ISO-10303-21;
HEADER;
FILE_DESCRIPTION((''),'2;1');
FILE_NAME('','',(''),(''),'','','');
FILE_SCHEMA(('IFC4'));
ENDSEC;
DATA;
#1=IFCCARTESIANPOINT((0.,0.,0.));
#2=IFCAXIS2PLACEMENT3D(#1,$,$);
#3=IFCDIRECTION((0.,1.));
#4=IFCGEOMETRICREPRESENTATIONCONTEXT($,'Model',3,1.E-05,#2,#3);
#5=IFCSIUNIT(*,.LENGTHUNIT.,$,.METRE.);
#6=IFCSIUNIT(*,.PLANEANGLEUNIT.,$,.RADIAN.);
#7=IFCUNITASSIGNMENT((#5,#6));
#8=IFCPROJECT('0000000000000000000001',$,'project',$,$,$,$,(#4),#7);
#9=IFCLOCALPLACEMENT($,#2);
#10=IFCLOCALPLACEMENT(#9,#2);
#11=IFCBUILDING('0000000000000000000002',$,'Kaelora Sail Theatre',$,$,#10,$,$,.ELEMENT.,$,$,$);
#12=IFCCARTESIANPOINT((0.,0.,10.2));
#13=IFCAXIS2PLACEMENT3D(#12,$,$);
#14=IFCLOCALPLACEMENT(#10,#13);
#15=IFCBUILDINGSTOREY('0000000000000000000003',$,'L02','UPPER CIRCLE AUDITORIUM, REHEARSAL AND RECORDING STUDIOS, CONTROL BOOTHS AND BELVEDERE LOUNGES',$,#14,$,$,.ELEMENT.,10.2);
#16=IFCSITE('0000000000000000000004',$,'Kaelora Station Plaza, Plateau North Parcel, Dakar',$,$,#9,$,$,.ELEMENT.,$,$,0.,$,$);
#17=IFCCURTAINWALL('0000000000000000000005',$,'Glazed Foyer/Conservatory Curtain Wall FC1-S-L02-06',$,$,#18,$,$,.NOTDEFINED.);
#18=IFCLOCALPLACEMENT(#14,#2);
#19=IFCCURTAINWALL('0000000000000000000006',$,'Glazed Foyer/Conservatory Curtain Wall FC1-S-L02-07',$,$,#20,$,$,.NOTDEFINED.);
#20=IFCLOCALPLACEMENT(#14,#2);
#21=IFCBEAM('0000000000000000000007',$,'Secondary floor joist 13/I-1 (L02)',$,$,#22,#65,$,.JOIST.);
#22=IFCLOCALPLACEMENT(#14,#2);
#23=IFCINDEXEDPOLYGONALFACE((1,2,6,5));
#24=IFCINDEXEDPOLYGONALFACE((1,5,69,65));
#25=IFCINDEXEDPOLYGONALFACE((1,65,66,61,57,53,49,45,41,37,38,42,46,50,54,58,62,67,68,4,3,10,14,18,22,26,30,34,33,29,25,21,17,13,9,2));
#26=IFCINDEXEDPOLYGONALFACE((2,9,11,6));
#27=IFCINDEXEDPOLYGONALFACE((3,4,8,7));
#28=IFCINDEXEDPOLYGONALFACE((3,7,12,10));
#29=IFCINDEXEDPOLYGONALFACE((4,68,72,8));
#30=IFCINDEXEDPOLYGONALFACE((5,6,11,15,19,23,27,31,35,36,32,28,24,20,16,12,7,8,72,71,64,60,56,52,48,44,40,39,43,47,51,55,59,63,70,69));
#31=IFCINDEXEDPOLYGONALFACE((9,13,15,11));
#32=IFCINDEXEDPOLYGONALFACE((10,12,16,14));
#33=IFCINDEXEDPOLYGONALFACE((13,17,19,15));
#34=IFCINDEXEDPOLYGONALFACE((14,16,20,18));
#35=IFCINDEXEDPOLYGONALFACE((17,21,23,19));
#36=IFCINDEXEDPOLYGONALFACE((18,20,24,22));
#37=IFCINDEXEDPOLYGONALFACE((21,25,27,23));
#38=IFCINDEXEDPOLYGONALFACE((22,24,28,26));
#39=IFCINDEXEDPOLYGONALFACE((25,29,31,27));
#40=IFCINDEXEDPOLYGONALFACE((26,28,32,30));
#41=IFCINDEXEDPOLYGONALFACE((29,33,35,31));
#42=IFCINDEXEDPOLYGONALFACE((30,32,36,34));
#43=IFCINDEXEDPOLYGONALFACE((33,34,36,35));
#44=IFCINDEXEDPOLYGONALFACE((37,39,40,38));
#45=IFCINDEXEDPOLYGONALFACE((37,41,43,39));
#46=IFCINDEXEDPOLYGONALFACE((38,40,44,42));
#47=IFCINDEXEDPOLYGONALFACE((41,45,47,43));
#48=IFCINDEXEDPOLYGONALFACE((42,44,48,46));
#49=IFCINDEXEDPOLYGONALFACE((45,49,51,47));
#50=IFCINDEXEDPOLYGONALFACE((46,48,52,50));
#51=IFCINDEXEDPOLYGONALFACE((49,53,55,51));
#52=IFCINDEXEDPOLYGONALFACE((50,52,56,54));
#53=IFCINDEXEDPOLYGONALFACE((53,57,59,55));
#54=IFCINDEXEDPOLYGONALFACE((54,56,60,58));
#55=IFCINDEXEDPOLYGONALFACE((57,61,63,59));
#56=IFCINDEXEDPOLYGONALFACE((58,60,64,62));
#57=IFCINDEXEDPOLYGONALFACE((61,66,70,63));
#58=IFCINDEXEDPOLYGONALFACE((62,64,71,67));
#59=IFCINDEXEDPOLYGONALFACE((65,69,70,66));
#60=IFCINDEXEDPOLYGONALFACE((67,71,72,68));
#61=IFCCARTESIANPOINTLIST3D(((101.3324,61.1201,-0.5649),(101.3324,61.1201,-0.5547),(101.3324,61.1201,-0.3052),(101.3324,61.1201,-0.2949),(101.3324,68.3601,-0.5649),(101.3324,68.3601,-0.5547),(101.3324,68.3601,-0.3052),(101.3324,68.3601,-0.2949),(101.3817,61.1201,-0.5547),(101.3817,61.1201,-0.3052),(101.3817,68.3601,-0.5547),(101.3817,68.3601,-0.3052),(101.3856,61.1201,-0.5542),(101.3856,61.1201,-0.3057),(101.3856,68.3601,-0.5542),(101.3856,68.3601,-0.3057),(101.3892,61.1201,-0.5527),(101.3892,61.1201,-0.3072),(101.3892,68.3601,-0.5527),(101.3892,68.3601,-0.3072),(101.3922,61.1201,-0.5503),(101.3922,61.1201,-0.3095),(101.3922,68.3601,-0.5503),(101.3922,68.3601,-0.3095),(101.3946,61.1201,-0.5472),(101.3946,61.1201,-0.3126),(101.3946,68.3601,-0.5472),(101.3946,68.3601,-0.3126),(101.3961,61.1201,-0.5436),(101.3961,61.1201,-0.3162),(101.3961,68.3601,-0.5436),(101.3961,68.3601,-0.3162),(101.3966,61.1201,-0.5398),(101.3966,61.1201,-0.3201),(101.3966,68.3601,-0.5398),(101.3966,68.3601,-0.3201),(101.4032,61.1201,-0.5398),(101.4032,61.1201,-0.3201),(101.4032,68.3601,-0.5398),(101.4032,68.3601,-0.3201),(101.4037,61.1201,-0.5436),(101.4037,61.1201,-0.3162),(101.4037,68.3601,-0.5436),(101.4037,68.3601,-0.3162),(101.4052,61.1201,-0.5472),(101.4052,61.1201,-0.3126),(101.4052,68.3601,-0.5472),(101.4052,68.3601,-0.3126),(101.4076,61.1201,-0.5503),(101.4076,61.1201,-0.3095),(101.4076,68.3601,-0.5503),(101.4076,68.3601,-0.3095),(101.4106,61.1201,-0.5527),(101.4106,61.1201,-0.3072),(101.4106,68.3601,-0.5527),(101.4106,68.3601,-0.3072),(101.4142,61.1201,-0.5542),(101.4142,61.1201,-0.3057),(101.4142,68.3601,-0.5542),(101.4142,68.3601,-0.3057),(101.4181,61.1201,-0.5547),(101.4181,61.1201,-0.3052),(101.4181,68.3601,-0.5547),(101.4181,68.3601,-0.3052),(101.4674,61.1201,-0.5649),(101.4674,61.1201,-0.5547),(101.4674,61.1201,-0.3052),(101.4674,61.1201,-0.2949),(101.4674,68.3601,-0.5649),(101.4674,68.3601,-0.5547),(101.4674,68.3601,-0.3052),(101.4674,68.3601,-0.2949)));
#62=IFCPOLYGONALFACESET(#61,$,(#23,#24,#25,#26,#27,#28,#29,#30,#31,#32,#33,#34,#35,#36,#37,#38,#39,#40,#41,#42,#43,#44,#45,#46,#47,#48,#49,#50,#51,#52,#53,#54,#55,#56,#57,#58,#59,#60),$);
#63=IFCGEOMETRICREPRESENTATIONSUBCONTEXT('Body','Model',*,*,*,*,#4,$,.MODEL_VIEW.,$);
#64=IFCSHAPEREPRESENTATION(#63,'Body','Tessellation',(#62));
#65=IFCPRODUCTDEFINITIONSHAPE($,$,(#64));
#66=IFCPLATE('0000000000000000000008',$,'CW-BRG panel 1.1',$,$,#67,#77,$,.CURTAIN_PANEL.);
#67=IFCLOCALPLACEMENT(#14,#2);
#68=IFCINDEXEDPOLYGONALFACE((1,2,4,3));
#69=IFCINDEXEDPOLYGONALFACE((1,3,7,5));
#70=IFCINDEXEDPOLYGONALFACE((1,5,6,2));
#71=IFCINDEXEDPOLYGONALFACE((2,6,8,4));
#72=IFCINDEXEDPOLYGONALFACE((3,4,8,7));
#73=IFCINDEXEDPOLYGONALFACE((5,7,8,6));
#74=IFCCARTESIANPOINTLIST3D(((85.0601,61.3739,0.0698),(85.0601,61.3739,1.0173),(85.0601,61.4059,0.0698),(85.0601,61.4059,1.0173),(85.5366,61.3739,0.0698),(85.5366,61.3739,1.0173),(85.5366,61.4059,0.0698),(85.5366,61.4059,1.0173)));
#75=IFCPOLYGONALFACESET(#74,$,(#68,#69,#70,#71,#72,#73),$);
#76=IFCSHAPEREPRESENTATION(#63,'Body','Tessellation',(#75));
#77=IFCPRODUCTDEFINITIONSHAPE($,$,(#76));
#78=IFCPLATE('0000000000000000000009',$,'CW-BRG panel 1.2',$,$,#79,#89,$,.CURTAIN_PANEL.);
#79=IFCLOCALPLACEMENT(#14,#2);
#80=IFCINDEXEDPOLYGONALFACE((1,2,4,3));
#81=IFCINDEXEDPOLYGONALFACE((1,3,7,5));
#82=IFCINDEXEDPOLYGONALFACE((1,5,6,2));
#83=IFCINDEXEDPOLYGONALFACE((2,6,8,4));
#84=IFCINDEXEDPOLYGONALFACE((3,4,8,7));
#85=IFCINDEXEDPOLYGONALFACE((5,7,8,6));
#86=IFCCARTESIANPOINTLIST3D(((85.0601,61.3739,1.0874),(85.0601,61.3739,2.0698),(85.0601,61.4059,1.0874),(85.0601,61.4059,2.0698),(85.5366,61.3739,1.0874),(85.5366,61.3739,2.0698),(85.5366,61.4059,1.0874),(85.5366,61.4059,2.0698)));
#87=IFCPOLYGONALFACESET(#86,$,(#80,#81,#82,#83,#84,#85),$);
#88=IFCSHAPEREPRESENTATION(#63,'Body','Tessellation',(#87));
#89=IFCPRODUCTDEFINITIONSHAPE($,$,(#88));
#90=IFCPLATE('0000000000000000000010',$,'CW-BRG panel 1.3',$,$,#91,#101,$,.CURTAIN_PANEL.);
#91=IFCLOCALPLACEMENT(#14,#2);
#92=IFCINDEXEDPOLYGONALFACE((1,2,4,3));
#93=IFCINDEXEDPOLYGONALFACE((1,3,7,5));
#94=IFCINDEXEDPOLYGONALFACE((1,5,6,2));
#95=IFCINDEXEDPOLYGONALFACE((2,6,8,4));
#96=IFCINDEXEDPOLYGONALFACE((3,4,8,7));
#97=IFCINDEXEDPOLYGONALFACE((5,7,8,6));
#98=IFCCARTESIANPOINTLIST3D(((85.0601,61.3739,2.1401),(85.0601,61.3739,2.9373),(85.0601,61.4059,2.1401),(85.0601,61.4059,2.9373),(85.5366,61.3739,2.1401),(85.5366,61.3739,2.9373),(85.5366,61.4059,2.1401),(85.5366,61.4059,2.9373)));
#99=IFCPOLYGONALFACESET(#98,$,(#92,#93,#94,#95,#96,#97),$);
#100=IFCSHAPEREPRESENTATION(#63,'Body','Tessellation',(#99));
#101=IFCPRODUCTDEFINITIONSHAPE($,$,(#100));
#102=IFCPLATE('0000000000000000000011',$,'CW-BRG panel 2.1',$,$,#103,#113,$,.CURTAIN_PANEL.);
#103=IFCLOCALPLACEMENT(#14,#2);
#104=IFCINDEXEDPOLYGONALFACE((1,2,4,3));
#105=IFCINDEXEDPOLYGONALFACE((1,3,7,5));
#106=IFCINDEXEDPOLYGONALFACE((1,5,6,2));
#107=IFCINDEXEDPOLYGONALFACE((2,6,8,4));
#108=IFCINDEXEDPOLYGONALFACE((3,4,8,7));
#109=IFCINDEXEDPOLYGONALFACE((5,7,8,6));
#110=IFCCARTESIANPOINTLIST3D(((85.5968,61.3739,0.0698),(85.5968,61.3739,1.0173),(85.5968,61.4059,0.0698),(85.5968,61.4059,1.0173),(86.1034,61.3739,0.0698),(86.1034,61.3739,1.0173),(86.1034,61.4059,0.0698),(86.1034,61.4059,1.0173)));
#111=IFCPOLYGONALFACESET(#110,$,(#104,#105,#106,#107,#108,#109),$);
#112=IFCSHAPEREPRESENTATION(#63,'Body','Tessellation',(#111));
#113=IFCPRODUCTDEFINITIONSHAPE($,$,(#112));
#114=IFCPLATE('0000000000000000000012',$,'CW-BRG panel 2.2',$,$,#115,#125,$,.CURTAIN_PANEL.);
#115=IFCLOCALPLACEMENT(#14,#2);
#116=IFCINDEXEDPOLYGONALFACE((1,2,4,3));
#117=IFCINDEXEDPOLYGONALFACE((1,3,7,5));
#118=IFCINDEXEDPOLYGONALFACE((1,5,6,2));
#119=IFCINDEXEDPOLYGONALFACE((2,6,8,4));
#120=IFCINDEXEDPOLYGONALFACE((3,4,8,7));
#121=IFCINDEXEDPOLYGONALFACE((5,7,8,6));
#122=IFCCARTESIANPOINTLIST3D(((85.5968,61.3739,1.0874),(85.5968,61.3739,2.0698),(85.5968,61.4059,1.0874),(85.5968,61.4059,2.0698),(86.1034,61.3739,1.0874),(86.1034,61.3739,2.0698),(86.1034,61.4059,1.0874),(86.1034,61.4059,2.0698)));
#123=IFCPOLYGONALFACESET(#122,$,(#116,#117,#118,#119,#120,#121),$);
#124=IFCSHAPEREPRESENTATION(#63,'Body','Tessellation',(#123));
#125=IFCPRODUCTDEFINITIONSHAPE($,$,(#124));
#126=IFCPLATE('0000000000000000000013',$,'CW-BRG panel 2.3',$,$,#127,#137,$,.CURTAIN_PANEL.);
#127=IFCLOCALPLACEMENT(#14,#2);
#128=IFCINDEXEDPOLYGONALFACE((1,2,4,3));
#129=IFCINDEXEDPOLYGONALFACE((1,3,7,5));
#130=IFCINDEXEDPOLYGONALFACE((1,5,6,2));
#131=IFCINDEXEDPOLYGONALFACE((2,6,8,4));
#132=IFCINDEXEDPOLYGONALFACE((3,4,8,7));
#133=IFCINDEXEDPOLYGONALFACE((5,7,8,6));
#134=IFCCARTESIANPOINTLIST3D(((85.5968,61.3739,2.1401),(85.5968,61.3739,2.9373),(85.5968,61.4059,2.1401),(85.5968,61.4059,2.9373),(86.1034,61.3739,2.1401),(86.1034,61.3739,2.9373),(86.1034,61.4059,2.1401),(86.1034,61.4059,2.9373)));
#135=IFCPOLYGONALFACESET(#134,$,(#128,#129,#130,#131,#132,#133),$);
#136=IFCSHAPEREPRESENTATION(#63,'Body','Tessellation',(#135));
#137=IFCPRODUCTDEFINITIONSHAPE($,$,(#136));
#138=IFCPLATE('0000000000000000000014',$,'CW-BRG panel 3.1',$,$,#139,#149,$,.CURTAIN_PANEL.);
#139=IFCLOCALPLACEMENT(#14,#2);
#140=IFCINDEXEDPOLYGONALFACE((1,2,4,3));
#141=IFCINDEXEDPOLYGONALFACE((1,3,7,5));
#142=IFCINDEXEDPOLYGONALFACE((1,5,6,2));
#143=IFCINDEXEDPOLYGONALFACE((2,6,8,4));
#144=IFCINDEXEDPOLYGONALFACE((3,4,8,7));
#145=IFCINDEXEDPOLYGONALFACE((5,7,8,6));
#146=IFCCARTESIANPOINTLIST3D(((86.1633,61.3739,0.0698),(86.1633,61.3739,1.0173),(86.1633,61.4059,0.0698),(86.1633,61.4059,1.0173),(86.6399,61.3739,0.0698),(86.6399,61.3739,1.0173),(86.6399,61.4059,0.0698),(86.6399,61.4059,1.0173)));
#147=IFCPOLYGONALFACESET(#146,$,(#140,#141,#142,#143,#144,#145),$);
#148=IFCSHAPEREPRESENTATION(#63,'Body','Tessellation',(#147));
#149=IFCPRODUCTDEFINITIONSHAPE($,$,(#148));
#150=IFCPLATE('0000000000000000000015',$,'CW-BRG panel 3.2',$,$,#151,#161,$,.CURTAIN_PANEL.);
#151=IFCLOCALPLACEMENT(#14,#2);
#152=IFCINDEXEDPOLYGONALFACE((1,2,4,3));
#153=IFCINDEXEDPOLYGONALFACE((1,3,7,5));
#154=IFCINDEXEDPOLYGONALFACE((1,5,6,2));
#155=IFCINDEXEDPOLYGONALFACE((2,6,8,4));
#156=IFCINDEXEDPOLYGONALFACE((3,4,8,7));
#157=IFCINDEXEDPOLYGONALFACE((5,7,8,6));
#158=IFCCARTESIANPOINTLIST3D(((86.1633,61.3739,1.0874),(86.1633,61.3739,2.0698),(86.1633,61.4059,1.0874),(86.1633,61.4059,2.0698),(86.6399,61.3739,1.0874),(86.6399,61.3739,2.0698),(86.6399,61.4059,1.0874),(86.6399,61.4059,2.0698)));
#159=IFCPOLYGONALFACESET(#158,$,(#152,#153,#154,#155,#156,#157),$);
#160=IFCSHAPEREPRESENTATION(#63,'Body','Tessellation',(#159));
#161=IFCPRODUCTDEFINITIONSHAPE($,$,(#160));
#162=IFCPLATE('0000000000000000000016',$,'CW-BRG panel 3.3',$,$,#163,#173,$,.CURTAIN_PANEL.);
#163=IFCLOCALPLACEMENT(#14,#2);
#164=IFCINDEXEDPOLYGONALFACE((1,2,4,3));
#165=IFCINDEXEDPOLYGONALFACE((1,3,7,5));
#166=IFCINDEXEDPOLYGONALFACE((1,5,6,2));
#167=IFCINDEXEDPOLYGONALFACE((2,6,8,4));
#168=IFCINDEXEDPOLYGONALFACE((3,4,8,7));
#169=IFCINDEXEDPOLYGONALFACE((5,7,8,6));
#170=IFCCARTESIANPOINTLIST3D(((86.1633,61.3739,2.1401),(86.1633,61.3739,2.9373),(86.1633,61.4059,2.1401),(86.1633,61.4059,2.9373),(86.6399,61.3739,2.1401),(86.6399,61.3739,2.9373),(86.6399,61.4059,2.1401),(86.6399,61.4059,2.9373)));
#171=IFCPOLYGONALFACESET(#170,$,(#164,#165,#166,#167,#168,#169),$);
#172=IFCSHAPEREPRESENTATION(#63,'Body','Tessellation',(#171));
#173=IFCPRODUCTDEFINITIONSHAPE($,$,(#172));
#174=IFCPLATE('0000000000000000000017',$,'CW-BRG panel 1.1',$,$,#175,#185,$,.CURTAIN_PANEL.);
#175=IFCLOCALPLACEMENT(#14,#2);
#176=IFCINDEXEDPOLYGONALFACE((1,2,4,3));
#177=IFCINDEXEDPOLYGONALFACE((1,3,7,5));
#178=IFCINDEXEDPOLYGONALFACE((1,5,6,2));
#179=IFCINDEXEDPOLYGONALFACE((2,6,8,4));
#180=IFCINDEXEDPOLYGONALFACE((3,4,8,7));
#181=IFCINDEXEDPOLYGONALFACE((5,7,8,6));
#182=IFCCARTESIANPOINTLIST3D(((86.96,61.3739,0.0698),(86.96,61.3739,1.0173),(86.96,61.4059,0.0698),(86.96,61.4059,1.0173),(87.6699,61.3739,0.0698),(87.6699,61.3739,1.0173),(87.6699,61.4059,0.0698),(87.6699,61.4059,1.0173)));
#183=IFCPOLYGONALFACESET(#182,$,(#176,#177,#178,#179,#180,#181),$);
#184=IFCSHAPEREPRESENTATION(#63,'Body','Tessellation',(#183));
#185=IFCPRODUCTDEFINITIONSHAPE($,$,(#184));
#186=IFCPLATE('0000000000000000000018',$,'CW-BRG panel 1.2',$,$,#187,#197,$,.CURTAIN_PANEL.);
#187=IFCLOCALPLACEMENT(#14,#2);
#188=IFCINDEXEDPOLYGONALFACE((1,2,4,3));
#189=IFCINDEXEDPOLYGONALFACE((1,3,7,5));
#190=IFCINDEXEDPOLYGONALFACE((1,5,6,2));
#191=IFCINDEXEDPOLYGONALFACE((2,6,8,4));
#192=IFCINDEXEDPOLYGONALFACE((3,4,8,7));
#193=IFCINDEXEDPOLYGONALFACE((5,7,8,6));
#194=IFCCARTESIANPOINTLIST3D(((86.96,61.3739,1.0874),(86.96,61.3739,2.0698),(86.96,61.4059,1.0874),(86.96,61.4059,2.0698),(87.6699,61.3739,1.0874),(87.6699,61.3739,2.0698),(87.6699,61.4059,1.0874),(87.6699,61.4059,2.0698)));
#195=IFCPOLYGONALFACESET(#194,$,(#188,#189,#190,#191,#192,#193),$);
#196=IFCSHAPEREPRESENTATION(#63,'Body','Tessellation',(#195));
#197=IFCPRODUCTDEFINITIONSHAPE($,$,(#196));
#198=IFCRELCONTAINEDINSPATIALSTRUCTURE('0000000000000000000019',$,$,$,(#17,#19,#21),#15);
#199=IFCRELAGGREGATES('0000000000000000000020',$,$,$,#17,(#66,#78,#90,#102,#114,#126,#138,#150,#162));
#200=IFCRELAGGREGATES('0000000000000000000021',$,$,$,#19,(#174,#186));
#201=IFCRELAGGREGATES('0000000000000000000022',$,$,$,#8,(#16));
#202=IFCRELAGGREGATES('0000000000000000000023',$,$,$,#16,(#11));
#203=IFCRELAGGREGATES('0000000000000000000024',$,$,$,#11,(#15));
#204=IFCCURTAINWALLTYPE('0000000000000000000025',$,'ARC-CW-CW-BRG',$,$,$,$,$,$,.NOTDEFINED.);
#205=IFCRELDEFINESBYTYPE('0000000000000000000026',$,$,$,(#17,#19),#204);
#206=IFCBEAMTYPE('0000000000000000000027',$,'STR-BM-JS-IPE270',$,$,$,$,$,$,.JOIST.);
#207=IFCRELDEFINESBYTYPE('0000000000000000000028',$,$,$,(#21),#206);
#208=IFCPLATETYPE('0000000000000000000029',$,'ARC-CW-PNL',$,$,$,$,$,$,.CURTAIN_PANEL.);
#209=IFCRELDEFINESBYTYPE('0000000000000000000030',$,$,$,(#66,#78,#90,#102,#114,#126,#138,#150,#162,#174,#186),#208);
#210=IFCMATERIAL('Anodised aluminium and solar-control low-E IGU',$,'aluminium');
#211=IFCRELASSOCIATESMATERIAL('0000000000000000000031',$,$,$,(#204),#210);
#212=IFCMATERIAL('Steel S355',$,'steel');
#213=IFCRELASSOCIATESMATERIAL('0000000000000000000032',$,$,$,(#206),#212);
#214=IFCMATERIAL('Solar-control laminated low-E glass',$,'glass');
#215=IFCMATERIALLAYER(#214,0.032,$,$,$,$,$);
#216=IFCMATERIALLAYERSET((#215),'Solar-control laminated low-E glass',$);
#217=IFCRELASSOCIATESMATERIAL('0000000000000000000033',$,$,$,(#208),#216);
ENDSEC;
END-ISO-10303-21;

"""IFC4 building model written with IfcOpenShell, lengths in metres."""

from ifc_helpers import new_model, si_unit, direction, frame, origin, origin_2d, place, context, subcontext, project, spatial, rectangle, i_section, extrude, material, layer, layer_set, material_profile, profile_set, type_object, element, aggregate, save


model = new_model("IFC4")

# Units and contexts
model_context = context("Model", 3, precision=1e-05, world=origin(), true_north=direction((0.0, 1.0)))
body_context = subcontext(model_context, "Body", "Model", "MODEL_VIEW")
ifc_project = project(units=[si_unit("LENGTHUNIT", "METRE"), si_unit("PLANEANGLEUNIT", "RADIAN")], contexts=[model_context])

# Site, building, storey
site_placement = place(None, origin())
site = spatial("IfcSite", under=ifc_project, at=site_placement, Name="Kaelora Station Plaza, Plateau North Parcel, Dakar", CompositionType="ELEMENT", RefElevation=0.0)
building_placement = place(site_placement, origin())
building = spatial("IfcBuilding", under=site, at=building_placement, Name="Kaelora Sail Theatre", CompositionType="ELEMENT")
storey_placement = place(building_placement, frame((0.0, 0.0, 10.2)))
storey = spatial("IfcBuildingStorey", under=building, at=storey_placement, Name="L02", Description="UPPER CIRCLE AUDITORIUM, REHEARSAL AND RECORDING STUDIOS, CONTROL BOOTHS AND BELVEDERE LOUNGES", CompositionType="ELEMENT", Elevation=10.2)

# Curtain wall
ifc_material_1 = material(Name="Anodised aluminium and solar-control low-E IGU", Category="aluminium")
curtain_wall_type = type_object("IfcCurtainWallType", Name="ARC-CW-CW-BRG", PredefinedType="NOTDEFINED", material=ifc_material_1)
curtain_wall_1_placement = place(storey_placement, origin())
curtain_wall_1 = element("IfcCurtainWall", 1, at=curtain_wall_1_placement, inside=storey, type_object=curtain_wall_type, Name="Glazed Foyer/Conservatory Curtain Wall FC1-S-L02-06", PredefinedType="NOTDEFINED")

# Curtain wall
curtain_wall_2_placement = place(storey_placement, origin())
curtain_wall_2 = element("IfcCurtainWall", 2, at=curtain_wall_2_placement, inside=storey, type_object=curtain_wall_type, Name="Glazed Foyer/Conservatory Curtain Wall FC1-S-L02-07", PredefinedType="NOTDEFINED")

# Beam
ifc_material_2 = material(Name="Steel S355", Category="steel")
ifc_material_profile_1 = material_profile(ifc_material_2, i_section(OverallWidth=0.135, OverallDepth=0.27, WebThickness=0.0066, FlangeThickness=0.0103, FilletRadius=0.0149, at=origin_2d()), Name="IPE 270")
ifc_profile_set_1 = profile_set([ifc_material_profile_1], Name="Steel S355")
beam_type_1 = type_object("IfcBeamType", Name="STR-BM-JS-IPE270", PredefinedType="JOIST", material=ifc_profile_set_1)
beam_1_placement = place(storey_placement, frame((101.3999, 61.1201, -0.4299), z_axis=(0.0, 1.0, 0.0), x_axis=(-1.0, 0.0, 0.0)))
element("IfcBeam", 3, at=beam_1_placement, inside=storey, type_object=beam_type_1, Name="Secondary floor joist 13/I-1 (L02)", PredefinedType="JOIST", context=body_context, shape_type="SweptSolid", body=[
    extrude(i_section(OverallWidth=0.135, OverallDepth=0.27, WebThickness=0.0066, FlangeThickness=0.0103, FilletRadius=0.0149, at=origin_2d()), origin(), (0.0, 0.0, 1.0), 7.24),
])

# Plates
ifc_material_3 = material(Name="Solar-control laminated low-E glass", Category="glass")
ifc_layer = layer(ifc_material_3, 0.032)
ifc_layer_set = layer_set([ifc_layer], Name="Solar-control laminated low-E glass")
plate_type = type_object("IfcPlateType", Name="ARC-CW-PNL", PredefinedType="CURTAIN_PANEL", material=ifc_layer_set)
plate_1_placement = place(storey_placement, frame((85.2983, 61.3899, 0.0698), z_axis=(0.0, 0.0, 1.0), x_axis=(1.0, 0.0, 0.0)))
plate_1 = element("IfcPlate", 4, at=plate_1_placement, type_object=plate_type, Name="CW-BRG panel 1.1", PredefinedType="CURTAIN_PANEL", context=body_context, shape_type="SweptSolid", body=[
    extrude(rectangle(XDim=0.4766, YDim=0.032, at=origin_2d()), origin(), (0.0, 0.0, 1.0), 0.9475),
])
plate_2_placement = place(storey_placement, frame((85.2983, 61.3899, 1.0874), z_axis=(0.0, 0.0, 1.0), x_axis=(1.0, 0.0, 0.0)))
plate_2 = element("IfcPlate", 5, at=plate_2_placement, type_object=plate_type, Name="CW-BRG panel 1.2", PredefinedType="CURTAIN_PANEL", context=body_context, shape_type="SweptSolid", body=[
    extrude(rectangle(XDim=0.4766, YDim=0.032, at=origin_2d()), origin(), (0.0, 0.0, 1.0), 0.9824),
])
plate_3_placement = place(storey_placement, frame((85.2983, 61.3899, 2.1401), z_axis=(0.0, 0.0, 1.0), x_axis=(1.0, 0.0, 0.0)))
plate_3 = element("IfcPlate", 6, at=plate_3_placement, type_object=plate_type, Name="CW-BRG panel 1.3", PredefinedType="CURTAIN_PANEL", context=body_context, shape_type="SweptSolid", body=[
    extrude(rectangle(XDim=0.4766, YDim=0.032, at=origin_2d()), origin(), (0.0, 0.0, 1.0), 0.7971),
])
plate_4_placement = place(storey_placement, frame((85.8501, 61.3899, 0.0698), z_axis=(0.0, 0.0, 1.0), x_axis=(1.0, 0.0, 0.0)))
plate_4 = element("IfcPlate", 7, at=plate_4_placement, type_object=plate_type, Name="CW-BRG panel 2.1", PredefinedType="CURTAIN_PANEL", context=body_context, shape_type="SweptSolid", body=[
    extrude(rectangle(XDim=0.5066, YDim=0.032, at=origin_2d()), origin(), (0.0, 0.0, 1.0), 0.9475),
])
plate_5_placement = place(storey_placement, frame((85.8501, 61.3899, 1.0874), z_axis=(0.0, 0.0, 1.0), x_axis=(1.0, 0.0, 0.0)))
plate_5 = element("IfcPlate", 8, at=plate_5_placement, type_object=plate_type, Name="CW-BRG panel 2.2", PredefinedType="CURTAIN_PANEL", context=body_context, shape_type="SweptSolid", body=[
    extrude(rectangle(XDim=0.5066, YDim=0.032, at=origin_2d()), origin(), (0.0, 0.0, 1.0), 0.9824),
])
plate_6_placement = place(storey_placement, frame((85.8501, 61.3899, 2.1401), z_axis=(0.0, 0.0, 1.0), x_axis=(1.0, 0.0, 0.0)))
plate_6 = element("IfcPlate", 9, at=plate_6_placement, type_object=plate_type, Name="CW-BRG panel 2.3", PredefinedType="CURTAIN_PANEL", context=body_context, shape_type="SweptSolid", body=[
    extrude(rectangle(XDim=0.5066, YDim=0.032, at=origin_2d()), origin(), (0.0, 0.0, 1.0), 0.7971),
])
plate_7_placement = place(storey_placement, frame((86.4016, 61.3899, 0.0698), z_axis=(0.0, 0.0, 1.0), x_axis=(1.0, 0.0, 0.0)))
plate_7 = element("IfcPlate", 10, at=plate_7_placement, type_object=plate_type, Name="CW-BRG panel 3.1", PredefinedType="CURTAIN_PANEL", context=body_context, shape_type="SweptSolid", body=[
    extrude(rectangle(XDim=0.4766, YDim=0.032, at=origin_2d()), origin(), (0.0, 0.0, 1.0), 0.9475),
])
plate_8_placement = place(storey_placement, frame((86.4016, 61.3899, 1.0874), z_axis=(0.0, 0.0, 1.0), x_axis=(1.0, 0.0, 0.0)))
plate_8 = element("IfcPlate", 11, at=plate_8_placement, type_object=plate_type, Name="CW-BRG panel 3.2", PredefinedType="CURTAIN_PANEL", context=body_context, shape_type="SweptSolid", body=[
    extrude(rectangle(XDim=0.4766, YDim=0.032, at=origin_2d()), origin(), (0.0, 0.0, 1.0), 0.9824),
])
plate_9_placement = place(storey_placement, frame((86.4016, 61.3899, 2.1401), z_axis=(0.0, 0.0, 1.0), x_axis=(1.0, 0.0, 0.0)))
plate_9 = element("IfcPlate", 12, at=plate_9_placement, type_object=plate_type, Name="CW-BRG panel 3.3", PredefinedType="CURTAIN_PANEL", context=body_context, shape_type="SweptSolid", body=[
    extrude(rectangle(XDim=0.4766, YDim=0.032, at=origin_2d()), origin(), (0.0, 0.0, 1.0), 0.7971),
])
aggregate(curtain_wall_1, [plate_1, plate_2, plate_3, plate_4, plate_5, plate_6, plate_7, plate_8, plate_9])
plate_10_placement = place(storey_placement, frame((87.3149, 61.3899, 0.0698), z_axis=(0.0, 0.0, 1.0), x_axis=(1.0, 0.0, 0.0)))
plate_10 = element("IfcPlate", 13, at=plate_10_placement, type_object=plate_type, Name="CW-BRG panel 1.1", PredefinedType="CURTAIN_PANEL", context=body_context, shape_type="SweptSolid", body=[
    extrude(rectangle(XDim=0.71, YDim=0.032, at=origin_2d()), origin(), (0.0, 0.0, 1.0), 0.9475),
])
plate_11_placement = place(storey_placement, frame((87.3149, 61.3899, 1.0874), z_axis=(0.0, 0.0, 1.0), x_axis=(1.0, 0.0, 0.0)))
plate_11 = element("IfcPlate", 14, at=plate_11_placement, type_object=plate_type, Name="CW-BRG panel 1.2", PredefinedType="CURTAIN_PANEL", context=body_context, shape_type="SweptSolid", body=[
    extrude(rectangle(XDim=0.71, YDim=0.032, at=origin_2d()), origin(), (0.0, 0.0, 1.0), 0.9824),
])
aggregate(curtain_wall_2, [plate_10, plate_11])

save(model, "model.ifc")
